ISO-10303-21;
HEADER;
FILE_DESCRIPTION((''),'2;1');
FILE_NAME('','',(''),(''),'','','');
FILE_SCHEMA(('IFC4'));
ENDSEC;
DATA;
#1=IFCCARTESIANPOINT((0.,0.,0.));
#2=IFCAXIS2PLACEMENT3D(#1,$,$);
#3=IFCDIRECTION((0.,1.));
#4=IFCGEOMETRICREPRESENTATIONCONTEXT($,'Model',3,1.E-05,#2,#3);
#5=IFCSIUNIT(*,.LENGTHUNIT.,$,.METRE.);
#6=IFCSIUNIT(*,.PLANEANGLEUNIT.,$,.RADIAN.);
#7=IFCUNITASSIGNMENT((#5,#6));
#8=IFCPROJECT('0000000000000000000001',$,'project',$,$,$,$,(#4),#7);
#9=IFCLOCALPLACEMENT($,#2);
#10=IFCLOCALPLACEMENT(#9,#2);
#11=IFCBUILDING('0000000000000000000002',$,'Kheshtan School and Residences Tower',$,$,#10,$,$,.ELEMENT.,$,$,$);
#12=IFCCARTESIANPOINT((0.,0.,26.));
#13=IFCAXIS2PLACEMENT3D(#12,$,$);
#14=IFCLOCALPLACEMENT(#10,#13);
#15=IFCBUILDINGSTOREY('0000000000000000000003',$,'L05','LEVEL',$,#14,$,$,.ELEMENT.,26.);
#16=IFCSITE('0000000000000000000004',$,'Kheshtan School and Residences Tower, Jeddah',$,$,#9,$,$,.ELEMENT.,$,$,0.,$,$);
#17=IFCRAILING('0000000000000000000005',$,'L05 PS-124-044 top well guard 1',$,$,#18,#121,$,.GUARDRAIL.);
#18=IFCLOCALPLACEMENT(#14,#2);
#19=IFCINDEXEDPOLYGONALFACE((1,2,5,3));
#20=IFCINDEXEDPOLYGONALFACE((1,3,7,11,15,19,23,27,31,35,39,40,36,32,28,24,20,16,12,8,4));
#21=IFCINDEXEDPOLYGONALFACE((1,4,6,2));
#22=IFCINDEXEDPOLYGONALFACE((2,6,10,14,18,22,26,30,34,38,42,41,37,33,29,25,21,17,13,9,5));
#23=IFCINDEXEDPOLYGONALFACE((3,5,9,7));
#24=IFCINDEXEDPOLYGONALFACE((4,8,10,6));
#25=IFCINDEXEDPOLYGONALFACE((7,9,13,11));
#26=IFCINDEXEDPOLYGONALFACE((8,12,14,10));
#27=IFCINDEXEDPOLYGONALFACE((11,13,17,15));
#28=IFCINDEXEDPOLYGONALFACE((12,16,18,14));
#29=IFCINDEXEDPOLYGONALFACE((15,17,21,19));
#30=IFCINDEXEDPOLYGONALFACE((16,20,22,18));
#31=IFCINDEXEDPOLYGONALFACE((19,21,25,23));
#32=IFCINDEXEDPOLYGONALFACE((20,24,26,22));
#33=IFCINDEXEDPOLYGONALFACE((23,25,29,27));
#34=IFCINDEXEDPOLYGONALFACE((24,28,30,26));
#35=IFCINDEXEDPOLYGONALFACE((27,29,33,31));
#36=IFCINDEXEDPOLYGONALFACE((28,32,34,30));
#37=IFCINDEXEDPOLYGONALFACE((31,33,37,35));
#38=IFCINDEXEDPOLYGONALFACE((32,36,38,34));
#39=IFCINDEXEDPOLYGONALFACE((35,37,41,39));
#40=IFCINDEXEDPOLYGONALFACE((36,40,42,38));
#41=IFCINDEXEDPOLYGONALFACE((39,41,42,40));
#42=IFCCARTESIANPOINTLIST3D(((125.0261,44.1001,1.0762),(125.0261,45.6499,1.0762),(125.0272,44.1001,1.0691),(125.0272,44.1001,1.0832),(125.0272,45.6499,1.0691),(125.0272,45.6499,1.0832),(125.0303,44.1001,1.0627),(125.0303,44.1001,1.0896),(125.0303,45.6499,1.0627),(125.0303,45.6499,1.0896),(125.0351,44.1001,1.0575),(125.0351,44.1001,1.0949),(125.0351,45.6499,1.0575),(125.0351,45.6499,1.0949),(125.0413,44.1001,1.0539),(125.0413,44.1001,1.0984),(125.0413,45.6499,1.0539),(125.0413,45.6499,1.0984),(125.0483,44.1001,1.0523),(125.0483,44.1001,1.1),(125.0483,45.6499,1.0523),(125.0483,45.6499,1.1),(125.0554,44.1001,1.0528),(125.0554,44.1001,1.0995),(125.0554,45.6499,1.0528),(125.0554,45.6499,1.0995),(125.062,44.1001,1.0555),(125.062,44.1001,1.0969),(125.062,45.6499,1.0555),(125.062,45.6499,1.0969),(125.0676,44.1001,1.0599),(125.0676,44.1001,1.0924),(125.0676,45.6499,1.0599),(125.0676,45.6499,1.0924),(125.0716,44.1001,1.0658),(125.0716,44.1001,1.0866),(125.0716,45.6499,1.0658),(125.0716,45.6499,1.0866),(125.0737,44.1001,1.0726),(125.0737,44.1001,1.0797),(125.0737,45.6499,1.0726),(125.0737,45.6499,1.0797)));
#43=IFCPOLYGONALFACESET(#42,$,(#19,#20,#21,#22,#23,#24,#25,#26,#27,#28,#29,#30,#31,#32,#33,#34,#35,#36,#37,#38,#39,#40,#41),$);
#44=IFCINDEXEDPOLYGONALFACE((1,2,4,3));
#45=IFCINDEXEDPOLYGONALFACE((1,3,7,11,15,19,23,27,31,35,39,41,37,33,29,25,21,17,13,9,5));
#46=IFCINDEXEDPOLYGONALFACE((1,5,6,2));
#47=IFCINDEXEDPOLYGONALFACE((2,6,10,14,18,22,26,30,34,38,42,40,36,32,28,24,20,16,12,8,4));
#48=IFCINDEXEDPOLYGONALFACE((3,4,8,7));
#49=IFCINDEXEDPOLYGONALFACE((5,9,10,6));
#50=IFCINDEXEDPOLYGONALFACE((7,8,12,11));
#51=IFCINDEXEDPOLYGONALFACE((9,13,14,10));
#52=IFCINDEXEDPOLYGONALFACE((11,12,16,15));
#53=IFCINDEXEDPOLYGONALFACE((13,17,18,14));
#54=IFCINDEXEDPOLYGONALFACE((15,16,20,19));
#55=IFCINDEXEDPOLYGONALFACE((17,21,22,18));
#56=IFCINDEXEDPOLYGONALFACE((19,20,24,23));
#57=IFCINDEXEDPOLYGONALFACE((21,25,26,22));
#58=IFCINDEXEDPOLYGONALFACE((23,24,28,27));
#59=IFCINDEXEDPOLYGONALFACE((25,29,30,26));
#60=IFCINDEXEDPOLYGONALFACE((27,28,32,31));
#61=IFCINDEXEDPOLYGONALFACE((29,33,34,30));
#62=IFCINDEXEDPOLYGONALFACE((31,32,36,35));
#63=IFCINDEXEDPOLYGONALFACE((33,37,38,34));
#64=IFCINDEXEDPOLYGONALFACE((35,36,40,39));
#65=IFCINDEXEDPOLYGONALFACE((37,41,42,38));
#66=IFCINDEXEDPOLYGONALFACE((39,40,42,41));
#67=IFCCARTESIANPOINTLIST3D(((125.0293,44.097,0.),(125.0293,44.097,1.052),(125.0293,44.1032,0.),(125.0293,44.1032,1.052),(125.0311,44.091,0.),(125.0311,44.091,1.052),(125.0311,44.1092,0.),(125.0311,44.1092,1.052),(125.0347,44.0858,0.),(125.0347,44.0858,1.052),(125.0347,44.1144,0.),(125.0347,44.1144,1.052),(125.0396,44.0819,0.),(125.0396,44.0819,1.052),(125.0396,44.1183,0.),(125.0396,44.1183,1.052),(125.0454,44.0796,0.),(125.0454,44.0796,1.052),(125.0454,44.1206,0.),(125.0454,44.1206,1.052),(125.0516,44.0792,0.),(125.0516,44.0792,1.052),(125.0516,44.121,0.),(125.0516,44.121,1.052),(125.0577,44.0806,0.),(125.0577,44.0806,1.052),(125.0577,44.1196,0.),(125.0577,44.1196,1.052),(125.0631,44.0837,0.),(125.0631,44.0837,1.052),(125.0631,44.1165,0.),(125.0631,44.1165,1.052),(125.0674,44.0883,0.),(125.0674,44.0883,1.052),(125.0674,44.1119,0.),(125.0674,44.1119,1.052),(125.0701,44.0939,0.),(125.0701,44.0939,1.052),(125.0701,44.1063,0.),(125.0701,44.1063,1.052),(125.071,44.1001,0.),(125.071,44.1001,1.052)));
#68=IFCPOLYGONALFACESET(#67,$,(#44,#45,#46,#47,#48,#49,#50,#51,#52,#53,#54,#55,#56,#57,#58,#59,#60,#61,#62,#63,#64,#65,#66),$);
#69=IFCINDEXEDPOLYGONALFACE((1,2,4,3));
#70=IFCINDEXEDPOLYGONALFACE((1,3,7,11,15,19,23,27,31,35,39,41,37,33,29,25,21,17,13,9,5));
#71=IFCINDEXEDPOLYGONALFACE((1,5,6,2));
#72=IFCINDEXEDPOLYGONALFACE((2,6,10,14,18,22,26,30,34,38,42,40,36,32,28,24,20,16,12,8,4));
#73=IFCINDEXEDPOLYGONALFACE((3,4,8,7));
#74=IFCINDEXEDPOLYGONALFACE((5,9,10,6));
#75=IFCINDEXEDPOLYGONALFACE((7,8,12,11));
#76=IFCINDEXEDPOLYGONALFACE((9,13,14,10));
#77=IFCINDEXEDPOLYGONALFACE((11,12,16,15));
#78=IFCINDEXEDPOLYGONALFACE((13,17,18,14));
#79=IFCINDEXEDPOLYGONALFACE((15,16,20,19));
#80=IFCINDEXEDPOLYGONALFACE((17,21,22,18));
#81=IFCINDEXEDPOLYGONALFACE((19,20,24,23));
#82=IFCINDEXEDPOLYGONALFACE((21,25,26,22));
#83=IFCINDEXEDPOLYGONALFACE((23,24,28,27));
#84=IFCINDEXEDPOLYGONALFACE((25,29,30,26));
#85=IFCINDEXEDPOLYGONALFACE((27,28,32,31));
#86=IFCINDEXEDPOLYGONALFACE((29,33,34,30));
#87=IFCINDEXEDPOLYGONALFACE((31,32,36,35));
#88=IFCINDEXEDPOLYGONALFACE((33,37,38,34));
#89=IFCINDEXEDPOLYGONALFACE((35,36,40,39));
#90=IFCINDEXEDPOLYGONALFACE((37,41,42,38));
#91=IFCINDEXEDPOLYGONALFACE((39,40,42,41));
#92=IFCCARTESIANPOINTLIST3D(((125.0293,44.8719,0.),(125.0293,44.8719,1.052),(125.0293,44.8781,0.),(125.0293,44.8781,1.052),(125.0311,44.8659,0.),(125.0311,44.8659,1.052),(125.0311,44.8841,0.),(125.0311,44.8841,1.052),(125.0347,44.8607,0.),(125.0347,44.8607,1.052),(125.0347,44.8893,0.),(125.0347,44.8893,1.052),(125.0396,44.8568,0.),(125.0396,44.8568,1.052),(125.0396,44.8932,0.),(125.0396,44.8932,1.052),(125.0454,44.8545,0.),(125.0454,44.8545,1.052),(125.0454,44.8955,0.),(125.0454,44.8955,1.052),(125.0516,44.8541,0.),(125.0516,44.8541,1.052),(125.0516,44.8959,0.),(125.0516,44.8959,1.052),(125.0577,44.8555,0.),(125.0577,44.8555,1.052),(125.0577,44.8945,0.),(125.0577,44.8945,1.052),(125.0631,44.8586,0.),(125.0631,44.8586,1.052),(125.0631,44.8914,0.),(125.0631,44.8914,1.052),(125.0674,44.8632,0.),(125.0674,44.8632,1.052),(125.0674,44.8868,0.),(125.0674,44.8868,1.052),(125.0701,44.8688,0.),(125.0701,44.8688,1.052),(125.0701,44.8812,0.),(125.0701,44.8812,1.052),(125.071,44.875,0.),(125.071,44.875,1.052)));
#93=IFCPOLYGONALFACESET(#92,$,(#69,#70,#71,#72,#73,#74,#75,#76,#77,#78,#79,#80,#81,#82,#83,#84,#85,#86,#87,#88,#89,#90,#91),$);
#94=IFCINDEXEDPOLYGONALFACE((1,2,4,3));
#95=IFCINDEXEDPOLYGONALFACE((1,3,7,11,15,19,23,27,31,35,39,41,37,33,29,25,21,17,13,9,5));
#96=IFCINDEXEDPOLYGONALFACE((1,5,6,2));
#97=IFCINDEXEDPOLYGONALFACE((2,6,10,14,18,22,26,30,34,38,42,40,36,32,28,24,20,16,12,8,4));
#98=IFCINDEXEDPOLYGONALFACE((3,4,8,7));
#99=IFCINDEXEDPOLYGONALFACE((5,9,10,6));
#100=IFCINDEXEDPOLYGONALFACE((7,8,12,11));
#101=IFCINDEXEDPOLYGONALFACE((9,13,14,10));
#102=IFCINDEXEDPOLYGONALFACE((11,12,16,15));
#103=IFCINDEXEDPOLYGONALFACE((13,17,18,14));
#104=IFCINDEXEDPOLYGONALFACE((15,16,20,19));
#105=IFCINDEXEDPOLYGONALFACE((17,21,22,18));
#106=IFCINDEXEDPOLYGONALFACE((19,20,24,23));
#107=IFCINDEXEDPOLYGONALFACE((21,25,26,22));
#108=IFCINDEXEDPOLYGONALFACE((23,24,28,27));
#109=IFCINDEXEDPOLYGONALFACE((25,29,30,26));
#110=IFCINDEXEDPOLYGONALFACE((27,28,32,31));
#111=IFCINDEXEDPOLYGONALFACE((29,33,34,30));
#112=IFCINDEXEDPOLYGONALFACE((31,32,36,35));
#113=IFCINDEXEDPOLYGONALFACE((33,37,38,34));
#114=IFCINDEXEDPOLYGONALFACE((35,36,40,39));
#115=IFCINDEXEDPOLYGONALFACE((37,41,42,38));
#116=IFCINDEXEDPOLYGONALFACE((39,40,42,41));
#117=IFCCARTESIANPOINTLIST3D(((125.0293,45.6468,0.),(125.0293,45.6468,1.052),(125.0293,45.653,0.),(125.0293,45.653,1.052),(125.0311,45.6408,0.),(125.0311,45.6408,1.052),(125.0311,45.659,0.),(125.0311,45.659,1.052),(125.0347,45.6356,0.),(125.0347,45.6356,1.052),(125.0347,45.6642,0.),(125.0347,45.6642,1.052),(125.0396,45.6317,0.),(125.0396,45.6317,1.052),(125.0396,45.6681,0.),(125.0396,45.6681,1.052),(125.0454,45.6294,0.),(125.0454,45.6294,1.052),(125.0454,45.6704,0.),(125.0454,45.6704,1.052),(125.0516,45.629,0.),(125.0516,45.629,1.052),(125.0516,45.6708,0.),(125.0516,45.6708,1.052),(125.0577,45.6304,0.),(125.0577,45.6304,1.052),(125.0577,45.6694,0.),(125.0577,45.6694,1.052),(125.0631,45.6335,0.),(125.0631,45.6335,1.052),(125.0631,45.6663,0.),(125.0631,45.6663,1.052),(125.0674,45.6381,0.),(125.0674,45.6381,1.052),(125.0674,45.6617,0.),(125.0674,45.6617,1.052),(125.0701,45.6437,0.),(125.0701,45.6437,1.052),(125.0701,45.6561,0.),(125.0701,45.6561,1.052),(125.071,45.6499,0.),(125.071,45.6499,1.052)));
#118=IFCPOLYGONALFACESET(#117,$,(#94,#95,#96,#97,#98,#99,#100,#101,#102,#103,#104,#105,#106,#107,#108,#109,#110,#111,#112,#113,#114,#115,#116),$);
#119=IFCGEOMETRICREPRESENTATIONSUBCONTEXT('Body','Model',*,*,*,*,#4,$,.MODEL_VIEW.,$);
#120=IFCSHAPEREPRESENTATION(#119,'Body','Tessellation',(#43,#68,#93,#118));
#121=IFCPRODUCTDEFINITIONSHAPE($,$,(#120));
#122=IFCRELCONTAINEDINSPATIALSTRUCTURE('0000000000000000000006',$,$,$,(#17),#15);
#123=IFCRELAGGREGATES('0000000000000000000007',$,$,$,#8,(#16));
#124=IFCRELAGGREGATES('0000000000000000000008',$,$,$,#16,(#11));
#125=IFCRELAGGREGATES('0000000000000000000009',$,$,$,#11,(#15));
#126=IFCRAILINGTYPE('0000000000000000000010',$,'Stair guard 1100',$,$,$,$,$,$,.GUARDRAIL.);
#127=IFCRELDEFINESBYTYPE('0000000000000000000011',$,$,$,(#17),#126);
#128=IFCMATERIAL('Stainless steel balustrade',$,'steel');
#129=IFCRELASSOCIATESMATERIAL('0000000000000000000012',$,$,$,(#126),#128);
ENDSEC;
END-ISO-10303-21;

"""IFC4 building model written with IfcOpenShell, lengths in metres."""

from ifc_helpers import new_model, si_unit, direction, frame, origin, origin_2d, place, context, subcontext, project, spatial, circle, extrude, material, type_object, element, save


model = new_model("IFC4")

# Units and contexts
model_context = context("Model", 3, precision=1e-05, world=origin(), true_north=direction((0.0, 1.0)))
body_context = subcontext(model_context, "Body", "Model", "MODEL_VIEW")
ifc_project = project(units=[si_unit("LENGTHUNIT", "METRE"), si_unit("PLANEANGLEUNIT", "RADIAN")], contexts=[model_context])

# Site, building, storey
site_placement = place(None, origin())
site = spatial("IfcSite", under=ifc_project, at=site_placement, Name="Kheshtan School and Residences Tower, Jeddah", CompositionType="ELEMENT", RefElevation=0.0)
building_placement = place(site_placement, origin())
building = spatial("IfcBuilding", under=site, at=building_placement, Name="Kheshtan School and Residences Tower", CompositionType="ELEMENT")
storey_placement = place(building_placement, frame((0.0, 0.0, 26.0)))
storey = spatial("IfcBuildingStorey", under=building, at=storey_placement, Name="L05", Description="LEVEL", CompositionType="ELEMENT", Elevation=26.0)

# Railing
ifc_material_1 = material(Name="Stainless steel balustrade", Category="steel")
railing_type = type_object("IfcRailingType", Name="Stair guard 1100", PredefinedType="GUARDRAIL", material=ifc_material_1)
railing_1_placement = place(storey_placement, frame((125.05, 44.1001, 0.0)))
element("IfcRailing", 1, at=railing_1_placement, inside=storey, type_object=railing_type, Name="L05 PS-124-044 top well guard 1", PredefinedType="GUARDRAIL", context=body_context, shape_type="SweptSolid", body=[
    extrude(circle(Radius=0.0239, at=origin_2d()), frame((0.0, 0.0, 1.0762), z_axis=(0.0, 1.0, 0.0), x_axis=(-1.0, 0.0, 0.0)), (0.0, 0.0, 1.0), 1.5498),
    extrude(circle(Radius=0.021, at=origin_2d()), origin(), (0.0, 0.0, 1.0), 1.052),
    extrude(circle(Radius=0.021, at=origin_2d()), frame((0.0, 0.7749, 0.0)), (0.0, 0.0, 1.0), 1.052),
    extrude(circle(Radius=0.021, at=origin_2d()), frame((0.0, 1.5498, 0.0)), (0.0, 0.0, 1.0), 1.052),
])

save(model, "model.ifc")
